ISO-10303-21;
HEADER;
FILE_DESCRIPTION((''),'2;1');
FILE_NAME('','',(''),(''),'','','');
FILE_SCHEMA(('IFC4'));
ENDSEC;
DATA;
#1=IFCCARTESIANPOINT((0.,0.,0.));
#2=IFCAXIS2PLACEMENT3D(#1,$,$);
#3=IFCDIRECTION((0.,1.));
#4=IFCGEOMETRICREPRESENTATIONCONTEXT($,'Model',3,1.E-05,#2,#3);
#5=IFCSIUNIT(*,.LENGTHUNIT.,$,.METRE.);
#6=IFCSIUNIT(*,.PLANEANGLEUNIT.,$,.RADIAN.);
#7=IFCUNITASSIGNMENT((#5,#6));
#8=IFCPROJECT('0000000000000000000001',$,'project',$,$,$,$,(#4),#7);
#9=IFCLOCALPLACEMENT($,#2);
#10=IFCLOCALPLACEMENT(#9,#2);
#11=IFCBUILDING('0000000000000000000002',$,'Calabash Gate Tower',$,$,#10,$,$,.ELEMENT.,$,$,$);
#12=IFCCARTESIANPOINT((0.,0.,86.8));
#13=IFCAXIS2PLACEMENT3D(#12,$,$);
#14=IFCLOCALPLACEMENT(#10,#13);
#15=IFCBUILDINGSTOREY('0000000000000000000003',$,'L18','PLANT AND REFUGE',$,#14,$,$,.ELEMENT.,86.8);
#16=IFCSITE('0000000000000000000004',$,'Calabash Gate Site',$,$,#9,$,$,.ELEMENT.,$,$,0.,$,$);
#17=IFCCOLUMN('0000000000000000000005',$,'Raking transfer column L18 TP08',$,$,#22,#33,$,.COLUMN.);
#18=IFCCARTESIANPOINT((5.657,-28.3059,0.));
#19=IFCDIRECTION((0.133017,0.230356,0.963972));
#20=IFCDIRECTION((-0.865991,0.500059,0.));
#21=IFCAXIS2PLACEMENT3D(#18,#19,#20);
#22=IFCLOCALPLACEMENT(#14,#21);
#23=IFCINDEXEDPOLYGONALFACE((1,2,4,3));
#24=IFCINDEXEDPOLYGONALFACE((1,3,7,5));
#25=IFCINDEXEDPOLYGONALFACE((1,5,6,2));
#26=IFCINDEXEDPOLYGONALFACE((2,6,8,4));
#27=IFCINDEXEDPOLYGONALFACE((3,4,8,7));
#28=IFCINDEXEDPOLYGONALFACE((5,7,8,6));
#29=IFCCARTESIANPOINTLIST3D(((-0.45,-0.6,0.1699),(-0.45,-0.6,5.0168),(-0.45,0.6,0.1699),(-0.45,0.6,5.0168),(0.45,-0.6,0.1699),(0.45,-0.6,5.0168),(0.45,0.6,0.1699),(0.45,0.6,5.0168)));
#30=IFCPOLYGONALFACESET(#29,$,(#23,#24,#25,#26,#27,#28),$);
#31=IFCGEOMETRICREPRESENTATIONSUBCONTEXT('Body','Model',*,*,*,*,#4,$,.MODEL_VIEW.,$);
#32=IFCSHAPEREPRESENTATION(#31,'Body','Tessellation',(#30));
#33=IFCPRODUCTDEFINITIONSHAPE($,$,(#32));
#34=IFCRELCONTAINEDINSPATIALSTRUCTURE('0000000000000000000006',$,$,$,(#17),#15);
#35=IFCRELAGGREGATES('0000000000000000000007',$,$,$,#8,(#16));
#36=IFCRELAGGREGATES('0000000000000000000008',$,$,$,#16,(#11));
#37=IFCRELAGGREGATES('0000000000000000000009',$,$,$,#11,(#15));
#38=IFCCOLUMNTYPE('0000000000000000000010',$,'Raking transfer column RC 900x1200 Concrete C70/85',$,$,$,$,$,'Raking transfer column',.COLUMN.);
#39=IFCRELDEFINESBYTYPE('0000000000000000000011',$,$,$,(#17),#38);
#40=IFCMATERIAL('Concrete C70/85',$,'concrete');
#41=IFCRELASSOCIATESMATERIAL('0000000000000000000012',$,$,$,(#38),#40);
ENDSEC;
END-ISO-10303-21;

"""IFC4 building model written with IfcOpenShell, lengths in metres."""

from ifc_helpers import new_model, si_unit, direction, frame, origin, origin_2d, place, context, subcontext, project, spatial, rectangle, extrude, clip, halfspace, material, material_profile, profile_set, type_object, element, save


model = new_model("IFC4")

# Units and contexts
model_context = context("Model", 3, precision=1e-05, world=origin(), true_north=direction((0.0, 1.0)))
body_context = subcontext(model_context, "Body", "Model", "MODEL_VIEW")
ifc_project = project(units=[si_unit("LENGTHUNIT", "METRE"), si_unit("PLANEANGLEUNIT", "RADIAN")], contexts=[model_context])

# Site, building, storey
site_placement = place(None, origin())
site = spatial("IfcSite", under=ifc_project, at=site_placement, Name="Calabash Gate Site", CompositionType="ELEMENT", RefElevation=0.0)
building_placement = place(site_placement, origin())
building = spatial("IfcBuilding", under=site, at=building_placement, Name="Calabash Gate Tower", CompositionType="ELEMENT")
storey_placement = place(building_placement, frame((0.0, 0.0, 86.8)))
storey = spatial("IfcBuildingStorey", under=building, at=storey_placement, Name="L18", Description="PLANT AND REFUGE", CompositionType="ELEMENT", Elevation=86.8)

# Column
ifc_material_1 = material(Name="Concrete C70/85", Category="concrete")
ifc_material_profile_1 = material_profile(ifc_material_1, rectangle(XDim=0.8999, YDim=1.2, at=origin_2d()))
ifc_profile_set_1 = profile_set([ifc_material_profile_1], Name="Concrete C70/85")
column_type = type_object("IfcColumnType", Name="Raking transfer column RC 900x1200 Concrete C70/85", ElementType="Raking transfer column", PredefinedType="COLUMN", material=ifc_profile_set_1)
column_placement = place(storey_placement, frame((5.657, -28.3059, 0.0), z_axis=(0.133017, 0.230356, 0.963972), x_axis=(-0.865991, 0.500059, 0.0)))
element("IfcColumn", 1, at=column_placement, inside=storey, type_object=column_type, Name="Raking transfer column L18 TP08", PredefinedType="COLUMN", context=body_context, shape_type="Clipping", body=[
    clip(clip(extrude(rectangle(XDim=0.8999, YDim=1.2, at=origin_2d()), origin(), (0.0, 0.0, 1.0), 5.1868), halfspace(frame((0.0, 0.0, 0.1699), z_axis=(0.0, 0.0, 1.0), x_axis=(1.0, 0.0, 0.0)), True)), halfspace(frame((0.0, 0.0, 5.0168), z_axis=(0.0, 0.0, 1.0), x_axis=(1.0, 0.0, 0.0)), False)),
])

save(model, "model.ifc")
